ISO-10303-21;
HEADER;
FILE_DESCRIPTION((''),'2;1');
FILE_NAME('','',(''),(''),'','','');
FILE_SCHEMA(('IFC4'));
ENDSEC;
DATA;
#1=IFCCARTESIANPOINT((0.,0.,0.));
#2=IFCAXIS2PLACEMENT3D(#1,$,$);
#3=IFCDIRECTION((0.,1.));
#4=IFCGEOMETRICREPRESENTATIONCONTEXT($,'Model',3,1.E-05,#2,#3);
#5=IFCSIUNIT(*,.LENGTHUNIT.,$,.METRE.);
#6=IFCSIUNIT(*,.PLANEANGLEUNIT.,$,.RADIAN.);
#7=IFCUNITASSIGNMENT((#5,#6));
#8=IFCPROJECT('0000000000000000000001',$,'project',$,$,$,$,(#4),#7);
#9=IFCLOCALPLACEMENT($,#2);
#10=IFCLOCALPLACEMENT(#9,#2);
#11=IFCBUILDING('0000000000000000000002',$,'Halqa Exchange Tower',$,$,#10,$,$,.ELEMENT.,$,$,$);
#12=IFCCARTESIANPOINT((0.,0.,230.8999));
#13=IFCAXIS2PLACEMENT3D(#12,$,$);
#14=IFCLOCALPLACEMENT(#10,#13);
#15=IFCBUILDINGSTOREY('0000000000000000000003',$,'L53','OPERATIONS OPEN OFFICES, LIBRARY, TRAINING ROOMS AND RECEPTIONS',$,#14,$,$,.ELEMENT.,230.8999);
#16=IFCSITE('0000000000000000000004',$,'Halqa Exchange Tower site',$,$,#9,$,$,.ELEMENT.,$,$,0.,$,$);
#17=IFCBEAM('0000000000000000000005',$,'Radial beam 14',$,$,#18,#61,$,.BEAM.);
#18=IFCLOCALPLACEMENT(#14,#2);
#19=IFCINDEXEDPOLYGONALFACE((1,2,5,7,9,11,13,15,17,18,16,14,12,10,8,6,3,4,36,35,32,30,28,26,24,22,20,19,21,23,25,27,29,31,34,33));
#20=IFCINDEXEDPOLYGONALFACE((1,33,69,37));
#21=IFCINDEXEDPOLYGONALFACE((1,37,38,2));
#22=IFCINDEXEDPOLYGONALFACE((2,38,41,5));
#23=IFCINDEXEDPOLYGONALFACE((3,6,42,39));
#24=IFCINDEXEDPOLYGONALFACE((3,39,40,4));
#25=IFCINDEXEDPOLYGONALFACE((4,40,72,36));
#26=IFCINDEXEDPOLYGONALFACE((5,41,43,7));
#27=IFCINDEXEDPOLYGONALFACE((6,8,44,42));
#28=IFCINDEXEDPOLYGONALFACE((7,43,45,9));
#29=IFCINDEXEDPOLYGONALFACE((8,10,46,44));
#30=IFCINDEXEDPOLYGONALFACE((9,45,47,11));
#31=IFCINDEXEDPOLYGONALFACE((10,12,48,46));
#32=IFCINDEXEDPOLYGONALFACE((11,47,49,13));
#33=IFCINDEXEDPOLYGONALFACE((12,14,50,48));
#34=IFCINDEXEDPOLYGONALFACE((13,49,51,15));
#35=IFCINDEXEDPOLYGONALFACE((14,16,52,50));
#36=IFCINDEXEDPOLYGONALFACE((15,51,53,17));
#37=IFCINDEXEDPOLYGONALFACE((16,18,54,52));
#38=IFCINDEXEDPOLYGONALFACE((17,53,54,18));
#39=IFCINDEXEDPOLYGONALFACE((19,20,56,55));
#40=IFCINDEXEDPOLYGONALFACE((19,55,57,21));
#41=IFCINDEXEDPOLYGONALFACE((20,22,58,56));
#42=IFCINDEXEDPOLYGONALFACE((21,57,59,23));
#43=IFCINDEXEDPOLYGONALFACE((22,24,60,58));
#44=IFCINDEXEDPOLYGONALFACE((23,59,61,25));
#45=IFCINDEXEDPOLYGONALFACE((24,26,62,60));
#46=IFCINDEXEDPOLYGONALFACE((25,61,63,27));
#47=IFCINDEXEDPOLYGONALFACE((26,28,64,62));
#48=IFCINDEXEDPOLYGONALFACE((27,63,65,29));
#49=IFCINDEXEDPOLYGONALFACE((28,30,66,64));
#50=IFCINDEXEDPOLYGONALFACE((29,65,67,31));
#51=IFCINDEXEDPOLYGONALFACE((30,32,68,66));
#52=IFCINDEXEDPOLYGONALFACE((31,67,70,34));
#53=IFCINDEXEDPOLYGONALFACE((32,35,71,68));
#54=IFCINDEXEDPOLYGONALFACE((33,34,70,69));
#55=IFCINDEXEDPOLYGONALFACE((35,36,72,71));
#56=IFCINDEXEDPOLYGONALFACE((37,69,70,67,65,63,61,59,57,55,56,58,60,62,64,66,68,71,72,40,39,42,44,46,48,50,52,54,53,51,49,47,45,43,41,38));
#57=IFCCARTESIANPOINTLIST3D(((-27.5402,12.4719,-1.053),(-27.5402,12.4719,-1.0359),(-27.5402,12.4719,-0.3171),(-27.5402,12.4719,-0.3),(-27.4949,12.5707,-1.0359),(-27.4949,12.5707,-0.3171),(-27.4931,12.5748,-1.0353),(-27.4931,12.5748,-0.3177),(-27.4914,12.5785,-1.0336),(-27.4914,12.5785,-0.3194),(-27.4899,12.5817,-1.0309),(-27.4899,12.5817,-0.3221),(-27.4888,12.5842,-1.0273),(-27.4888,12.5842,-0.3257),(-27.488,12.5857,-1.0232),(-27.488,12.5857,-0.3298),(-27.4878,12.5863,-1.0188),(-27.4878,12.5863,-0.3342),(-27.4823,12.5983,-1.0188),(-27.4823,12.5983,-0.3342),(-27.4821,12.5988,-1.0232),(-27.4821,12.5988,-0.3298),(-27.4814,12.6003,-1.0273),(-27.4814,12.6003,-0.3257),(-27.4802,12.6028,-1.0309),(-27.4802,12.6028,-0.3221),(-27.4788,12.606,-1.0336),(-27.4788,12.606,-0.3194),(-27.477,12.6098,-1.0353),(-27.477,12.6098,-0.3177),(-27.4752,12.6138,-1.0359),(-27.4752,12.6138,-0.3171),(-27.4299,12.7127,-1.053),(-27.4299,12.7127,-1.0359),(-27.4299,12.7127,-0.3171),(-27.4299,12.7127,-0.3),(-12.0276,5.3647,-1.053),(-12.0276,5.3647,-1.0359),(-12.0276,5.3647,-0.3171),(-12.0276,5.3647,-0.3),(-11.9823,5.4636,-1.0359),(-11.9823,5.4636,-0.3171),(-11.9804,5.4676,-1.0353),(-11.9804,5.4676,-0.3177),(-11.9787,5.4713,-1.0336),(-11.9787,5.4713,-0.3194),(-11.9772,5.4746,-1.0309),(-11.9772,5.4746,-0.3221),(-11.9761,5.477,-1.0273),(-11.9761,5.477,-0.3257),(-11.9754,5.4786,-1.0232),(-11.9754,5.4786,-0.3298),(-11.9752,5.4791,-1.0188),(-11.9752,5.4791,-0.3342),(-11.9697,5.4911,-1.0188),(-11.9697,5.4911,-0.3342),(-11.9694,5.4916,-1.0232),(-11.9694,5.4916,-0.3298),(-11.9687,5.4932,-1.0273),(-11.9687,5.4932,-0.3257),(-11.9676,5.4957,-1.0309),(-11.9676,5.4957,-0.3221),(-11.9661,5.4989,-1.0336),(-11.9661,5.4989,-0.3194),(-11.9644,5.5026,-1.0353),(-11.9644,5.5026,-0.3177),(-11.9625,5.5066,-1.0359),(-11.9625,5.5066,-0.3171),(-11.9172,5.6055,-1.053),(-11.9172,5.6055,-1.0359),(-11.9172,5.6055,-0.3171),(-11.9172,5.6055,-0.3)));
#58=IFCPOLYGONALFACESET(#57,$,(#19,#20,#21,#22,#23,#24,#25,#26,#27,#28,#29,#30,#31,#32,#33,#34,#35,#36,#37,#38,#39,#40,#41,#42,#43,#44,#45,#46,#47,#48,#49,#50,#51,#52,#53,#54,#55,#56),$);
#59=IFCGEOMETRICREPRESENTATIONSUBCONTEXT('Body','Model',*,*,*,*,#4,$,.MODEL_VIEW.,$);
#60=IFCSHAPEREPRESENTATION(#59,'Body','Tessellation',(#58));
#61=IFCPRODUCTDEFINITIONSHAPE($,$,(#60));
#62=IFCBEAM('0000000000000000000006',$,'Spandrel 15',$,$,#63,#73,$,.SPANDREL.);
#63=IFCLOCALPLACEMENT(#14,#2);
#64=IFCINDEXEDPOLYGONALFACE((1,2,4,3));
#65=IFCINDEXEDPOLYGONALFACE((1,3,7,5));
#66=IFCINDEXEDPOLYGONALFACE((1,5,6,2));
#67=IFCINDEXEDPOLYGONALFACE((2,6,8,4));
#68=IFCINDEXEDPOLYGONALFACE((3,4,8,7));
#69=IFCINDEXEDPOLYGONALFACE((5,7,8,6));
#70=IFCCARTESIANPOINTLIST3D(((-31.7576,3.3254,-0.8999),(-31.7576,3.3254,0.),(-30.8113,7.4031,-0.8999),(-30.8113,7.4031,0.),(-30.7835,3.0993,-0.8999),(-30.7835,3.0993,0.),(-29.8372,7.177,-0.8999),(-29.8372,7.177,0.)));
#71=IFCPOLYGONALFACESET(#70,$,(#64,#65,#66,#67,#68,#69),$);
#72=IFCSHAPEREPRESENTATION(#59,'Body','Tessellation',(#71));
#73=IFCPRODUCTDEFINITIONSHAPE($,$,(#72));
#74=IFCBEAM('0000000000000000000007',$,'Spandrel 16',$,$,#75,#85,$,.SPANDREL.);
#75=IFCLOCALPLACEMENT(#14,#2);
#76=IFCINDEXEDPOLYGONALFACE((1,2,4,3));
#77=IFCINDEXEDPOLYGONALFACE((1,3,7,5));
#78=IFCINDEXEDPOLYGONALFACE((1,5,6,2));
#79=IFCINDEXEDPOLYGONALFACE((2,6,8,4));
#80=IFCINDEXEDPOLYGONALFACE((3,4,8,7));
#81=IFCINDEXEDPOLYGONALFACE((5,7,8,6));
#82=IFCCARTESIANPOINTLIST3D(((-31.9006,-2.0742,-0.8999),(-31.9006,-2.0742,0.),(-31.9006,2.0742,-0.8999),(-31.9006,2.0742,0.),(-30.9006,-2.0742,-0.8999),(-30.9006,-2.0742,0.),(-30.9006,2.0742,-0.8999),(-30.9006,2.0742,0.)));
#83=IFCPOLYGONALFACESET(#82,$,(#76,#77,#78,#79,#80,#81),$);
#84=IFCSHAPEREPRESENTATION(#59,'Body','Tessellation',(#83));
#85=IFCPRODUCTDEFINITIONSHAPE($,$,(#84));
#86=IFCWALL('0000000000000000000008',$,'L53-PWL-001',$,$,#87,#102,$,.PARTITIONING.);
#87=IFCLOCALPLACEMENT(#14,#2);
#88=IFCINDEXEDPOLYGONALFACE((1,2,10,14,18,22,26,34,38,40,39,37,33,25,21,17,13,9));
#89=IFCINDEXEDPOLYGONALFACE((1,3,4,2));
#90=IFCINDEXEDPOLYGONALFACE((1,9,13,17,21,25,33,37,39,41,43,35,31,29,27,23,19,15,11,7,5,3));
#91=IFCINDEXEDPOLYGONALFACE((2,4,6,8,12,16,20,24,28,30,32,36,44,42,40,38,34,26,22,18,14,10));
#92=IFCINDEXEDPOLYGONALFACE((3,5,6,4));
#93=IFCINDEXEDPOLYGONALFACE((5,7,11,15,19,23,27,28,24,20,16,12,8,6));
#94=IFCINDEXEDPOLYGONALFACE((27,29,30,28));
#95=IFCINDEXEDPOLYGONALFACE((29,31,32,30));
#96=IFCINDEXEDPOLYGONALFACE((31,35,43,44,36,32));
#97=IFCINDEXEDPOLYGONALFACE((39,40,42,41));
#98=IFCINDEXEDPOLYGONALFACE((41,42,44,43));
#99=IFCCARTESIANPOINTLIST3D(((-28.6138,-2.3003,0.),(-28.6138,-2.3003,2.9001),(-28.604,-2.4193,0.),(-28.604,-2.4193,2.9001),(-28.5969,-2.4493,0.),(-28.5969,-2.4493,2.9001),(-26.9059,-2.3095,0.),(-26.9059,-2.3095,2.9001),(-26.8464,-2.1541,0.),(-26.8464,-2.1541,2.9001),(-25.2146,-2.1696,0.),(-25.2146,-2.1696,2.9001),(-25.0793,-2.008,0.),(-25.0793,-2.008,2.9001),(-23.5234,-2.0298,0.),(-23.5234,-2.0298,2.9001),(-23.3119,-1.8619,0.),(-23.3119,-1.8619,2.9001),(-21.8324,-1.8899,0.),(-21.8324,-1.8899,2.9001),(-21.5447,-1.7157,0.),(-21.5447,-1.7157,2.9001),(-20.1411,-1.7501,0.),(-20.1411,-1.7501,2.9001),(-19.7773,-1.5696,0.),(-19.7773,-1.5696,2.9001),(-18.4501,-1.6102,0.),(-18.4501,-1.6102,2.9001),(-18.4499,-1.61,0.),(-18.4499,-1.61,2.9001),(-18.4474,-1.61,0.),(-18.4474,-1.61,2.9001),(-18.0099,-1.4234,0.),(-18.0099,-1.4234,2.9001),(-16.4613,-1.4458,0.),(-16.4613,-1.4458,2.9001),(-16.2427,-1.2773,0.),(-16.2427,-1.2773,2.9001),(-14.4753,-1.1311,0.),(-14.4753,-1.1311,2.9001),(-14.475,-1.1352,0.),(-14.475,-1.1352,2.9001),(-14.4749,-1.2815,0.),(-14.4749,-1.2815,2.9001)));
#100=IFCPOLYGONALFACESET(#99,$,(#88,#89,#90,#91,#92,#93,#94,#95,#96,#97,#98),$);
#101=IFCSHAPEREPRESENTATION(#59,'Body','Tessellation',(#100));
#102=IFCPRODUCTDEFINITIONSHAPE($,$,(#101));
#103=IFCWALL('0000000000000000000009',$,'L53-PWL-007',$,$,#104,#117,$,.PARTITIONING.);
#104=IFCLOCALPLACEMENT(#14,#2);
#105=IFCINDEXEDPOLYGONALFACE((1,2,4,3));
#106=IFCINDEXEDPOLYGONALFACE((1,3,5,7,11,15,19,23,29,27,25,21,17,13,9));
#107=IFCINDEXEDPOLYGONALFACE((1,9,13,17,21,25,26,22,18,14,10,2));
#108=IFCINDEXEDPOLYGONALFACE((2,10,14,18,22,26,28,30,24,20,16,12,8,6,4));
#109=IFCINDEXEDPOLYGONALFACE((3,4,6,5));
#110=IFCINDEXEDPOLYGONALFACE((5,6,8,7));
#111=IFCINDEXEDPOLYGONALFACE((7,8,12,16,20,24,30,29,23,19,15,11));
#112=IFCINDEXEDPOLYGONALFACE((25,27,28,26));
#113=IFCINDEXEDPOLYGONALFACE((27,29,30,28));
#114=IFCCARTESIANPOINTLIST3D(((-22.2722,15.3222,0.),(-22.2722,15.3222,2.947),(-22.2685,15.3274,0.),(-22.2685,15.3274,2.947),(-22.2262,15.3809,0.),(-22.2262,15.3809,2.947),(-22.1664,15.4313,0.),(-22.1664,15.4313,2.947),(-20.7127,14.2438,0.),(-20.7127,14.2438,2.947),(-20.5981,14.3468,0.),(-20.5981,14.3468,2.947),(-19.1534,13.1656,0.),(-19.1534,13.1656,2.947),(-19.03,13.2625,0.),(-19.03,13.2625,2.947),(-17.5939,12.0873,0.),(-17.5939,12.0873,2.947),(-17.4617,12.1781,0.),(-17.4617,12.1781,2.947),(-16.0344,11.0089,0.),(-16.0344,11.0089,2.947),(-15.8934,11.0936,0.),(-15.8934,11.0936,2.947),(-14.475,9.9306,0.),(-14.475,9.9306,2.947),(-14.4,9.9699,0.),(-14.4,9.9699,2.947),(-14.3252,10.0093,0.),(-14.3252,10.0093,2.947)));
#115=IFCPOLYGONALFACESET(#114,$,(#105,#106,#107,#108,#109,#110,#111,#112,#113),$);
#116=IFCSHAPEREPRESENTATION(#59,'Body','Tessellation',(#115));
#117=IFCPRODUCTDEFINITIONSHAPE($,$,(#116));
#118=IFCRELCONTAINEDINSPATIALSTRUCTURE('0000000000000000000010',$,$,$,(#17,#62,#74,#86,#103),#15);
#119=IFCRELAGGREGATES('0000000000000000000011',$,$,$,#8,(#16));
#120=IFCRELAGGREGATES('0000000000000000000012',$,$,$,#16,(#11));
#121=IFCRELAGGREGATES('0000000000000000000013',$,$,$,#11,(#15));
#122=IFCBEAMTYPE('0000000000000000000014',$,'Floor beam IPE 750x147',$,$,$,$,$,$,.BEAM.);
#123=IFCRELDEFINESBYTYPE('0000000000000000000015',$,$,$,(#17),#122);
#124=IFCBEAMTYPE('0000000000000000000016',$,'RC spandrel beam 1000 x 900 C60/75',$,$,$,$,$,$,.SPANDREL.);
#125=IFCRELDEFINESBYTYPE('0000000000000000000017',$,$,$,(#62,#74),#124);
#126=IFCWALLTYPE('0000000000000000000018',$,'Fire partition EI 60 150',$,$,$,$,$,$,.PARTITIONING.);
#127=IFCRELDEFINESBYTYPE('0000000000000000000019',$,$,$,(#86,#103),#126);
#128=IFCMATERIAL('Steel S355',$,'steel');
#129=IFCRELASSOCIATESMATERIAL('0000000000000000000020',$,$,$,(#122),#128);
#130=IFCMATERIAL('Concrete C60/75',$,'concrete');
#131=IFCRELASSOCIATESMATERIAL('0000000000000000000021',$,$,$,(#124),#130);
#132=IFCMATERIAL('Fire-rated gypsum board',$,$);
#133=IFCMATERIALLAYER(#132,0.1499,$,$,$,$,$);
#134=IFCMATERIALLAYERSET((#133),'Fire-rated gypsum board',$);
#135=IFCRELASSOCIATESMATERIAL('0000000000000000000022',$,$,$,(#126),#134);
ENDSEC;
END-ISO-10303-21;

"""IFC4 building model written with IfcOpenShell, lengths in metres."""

from ifc_helpers import new_model, si_unit, direction, frame, origin, origin_2d, place, context, subcontext, project, spatial, polyline, rectangle, i_section, outline, extrude, material, layer, layer_set, material_profile, profile_set, type_object, element, save


model = new_model("IFC4")

# Units and contexts
model_context = context("Model", 3, precision=1e-05, world=origin(), true_north=direction((0.0, 1.0)))
body_context = subcontext(model_context, "Body", "Model", "MODEL_VIEW")
ifc_project = project(units=[si_unit("LENGTHUNIT", "METRE"), si_unit("PLANEANGLEUNIT", "RADIAN")], contexts=[model_context])

# Site, building, storey
site_placement = place(None, origin())
site = spatial("IfcSite", under=ifc_project, at=site_placement, Name="Halqa Exchange Tower site", CompositionType="ELEMENT", RefElevation=0.0)
building_placement = place(site_placement, origin())
building = spatial("IfcBuilding", under=site, at=building_placement, Name="Halqa Exchange Tower", CompositionType="ELEMENT")
storey_placement = place(building_placement, frame((0.0, 0.0, 230.8999)))
storey = spatial("IfcBuildingStorey", under=building, at=storey_placement, Name="L53", Description="OPERATIONS OPEN OFFICES, LIBRARY, TRAINING ROOMS AND RECEPTIONS", CompositionType="ELEMENT", Elevation=230.8999)

# Shared definitions
ifc_material_1 = material(Name="Concrete C60/75", Category="concrete")

# Beams
ifc_material_2 = material(Name="Steel S355", Category="steel")
ifc_material_profile_1 = material_profile(ifc_material_2, i_section(OverallWidth=0.2649, OverallDepth=0.7529, WebThickness=0.0132, FlangeThickness=0.0171, FilletRadius=0.0171, at=origin_2d()), Name="IPE 750x147")
ifc_profile_set_1 = profile_set([ifc_material_profile_1], Name="Steel S355")
beam_type_1 = type_object("IfcBeamType", Name="Floor beam IPE 750x147", PredefinedType="BEAM", material=ifc_profile_set_1)
beam_1_placement = place(storey_placement, frame((-11.9724, 5.4851, -0.6765), z_axis=(-0.909127, 0.416519, 0.0), x_axis=(-0.416519, -0.909127, 0.0)))
element("IfcBeam", 1, at=beam_1_placement, inside=storey, type_object=beam_type_1, Name="Radial beam 14", PredefinedType="BEAM", context=body_context, shape_type="SweptSolid", body=[
    extrude(i_section(OverallWidth=0.2649, OverallDepth=0.7529, WebThickness=0.0132, FlangeThickness=0.0171, FilletRadius=0.0171, at=origin_2d()), origin(), (0.0, 0.0, 1.0), 17.0632),
])
ifc_material_profile_2 = material_profile(ifc_material_1, rectangle(XDim=1.0, YDim=0.8999, at=origin_2d()), Name="1000 x 900")
ifc_profile_set_2 = profile_set([ifc_material_profile_2], Name="Concrete C60/75")
beam_type_2 = type_object("IfcBeamType", Name="RC spandrel beam 1000 x 900 C60/75", PredefinedType="SPANDREL", material=ifc_profile_set_2)
beam_2_placement = place(storey_placement, frame((-30.3242, 7.29, -0.45), z_axis=(-0.226061, -0.974113, 0.0), x_axis=(0.974113, -0.226061, 0.0)))
element("IfcBeam", 2, at=beam_2_placement, inside=storey, type_object=beam_type_2, Name="Spandrel 15", PredefinedType="SPANDREL", context=body_context, shape_type="SweptSolid", body=[
    extrude(rectangle(XDim=1.0, YDim=0.8999, at=origin_2d()), origin(), (0.0, 0.0, 1.0), 4.186),
])
beam_3_placement = place(storey_placement, frame((-31.4006, 2.0742, -0.45), z_axis=(0.0, -1.0, 0.0), x_axis=(1.0, 0.0, 0.0)))
element("IfcBeam", 3, at=beam_3_placement, inside=storey, type_object=beam_type_2, Name="Spandrel 16", PredefinedType="SPANDREL", context=body_context, shape_type="SweptSolid", body=[
    extrude(rectangle(XDim=1.0, YDim=0.8999, at=origin_2d()), origin(), (0.0, 0.0, 1.0), 4.1484),
])

# Walls
ifc_material_3 = material(Name="Fire-rated gypsum board")
ifc_layer_1 = layer(ifc_material_3, 0.1499)
ifc_layer_set_1 = layer_set([ifc_layer_1], Name="Fire-rated gypsum board")
wall_type_1 = type_object("IfcWallType", Name="Fire partition EI 60 150", PredefinedType="PARTITIONING", material=ifc_layer_set_1)
wall_1_placement = place(storey_placement, frame((-28.6077, -2.375, 0.0), z_axis=(0.0, 0.0, 1.0), x_axis=(0.996598, 0.082415, 0.0)))
element("IfcWall", 4, at=wall_1_placement, inside=storey, type_object=wall_type_1, Name="L53-PWL-001", PredefinedType="PARTITIONING", context=body_context, shape_type="SweptSolid", body=[
    extrude(outline(polyline([(0.0046, -0.075), (1.7014, -0.075), (3.3984, -0.075), (5.0955, -0.075), (6.7922, -0.075), (8.4893, -0.075), (10.186, -0.075), (10.1863, -0.0747), (10.1887, -0.075), (12.1816, -0.075), (14.1748, -0.075), (14.1868, 0.0708), (14.1868, 0.075), (12.4133, 0.075), (10.6401, 0.075), (8.8667, 0.075), (7.0933, 0.075), (5.3201, 0.075), (3.5466, 0.075), (1.7734, 0.075), (0.0, 0.075), (0.0, -0.0444), (0.0046, -0.075)])), origin(), (0.0, 0.0, 1.0), 2.9001),
])
wall_2_placement = place(storey_placement, frame((-14.3677, 9.9475, 0.0), z_axis=(0.0, 0.0, 1.0), x_axis=(-0.822511, 0.568749, 0.0)))
element("IfcWall", 5, at=wall_2_placement, inside=storey, type_object=wall_type_1, Name="L53-PWL-007", PredefinedType="PARTITIONING", context=body_context, shape_type="SweptSolid", body=[
    extrude(outline(polyline([(0.0002, -0.075), (1.9067, -0.075), (3.8135, -0.075), (5.7202, -0.075), (7.6267, -0.075), (9.5334, -0.075), (9.554, 0.0005), (9.5583, 0.0686), (9.5583, 0.075), (7.6624, 0.075), (5.7666, 0.075), (3.8706, 0.075), (1.9746, 0.075), (0.0786, 0.075), (0.0786, 0.075), (0.0786, 0.075), (0.0393, 0.0), (0.0002, -0.075)])), origin(), (0.0, 0.0, 1.0), 2.947),
])

save(model, "model.ifc")
